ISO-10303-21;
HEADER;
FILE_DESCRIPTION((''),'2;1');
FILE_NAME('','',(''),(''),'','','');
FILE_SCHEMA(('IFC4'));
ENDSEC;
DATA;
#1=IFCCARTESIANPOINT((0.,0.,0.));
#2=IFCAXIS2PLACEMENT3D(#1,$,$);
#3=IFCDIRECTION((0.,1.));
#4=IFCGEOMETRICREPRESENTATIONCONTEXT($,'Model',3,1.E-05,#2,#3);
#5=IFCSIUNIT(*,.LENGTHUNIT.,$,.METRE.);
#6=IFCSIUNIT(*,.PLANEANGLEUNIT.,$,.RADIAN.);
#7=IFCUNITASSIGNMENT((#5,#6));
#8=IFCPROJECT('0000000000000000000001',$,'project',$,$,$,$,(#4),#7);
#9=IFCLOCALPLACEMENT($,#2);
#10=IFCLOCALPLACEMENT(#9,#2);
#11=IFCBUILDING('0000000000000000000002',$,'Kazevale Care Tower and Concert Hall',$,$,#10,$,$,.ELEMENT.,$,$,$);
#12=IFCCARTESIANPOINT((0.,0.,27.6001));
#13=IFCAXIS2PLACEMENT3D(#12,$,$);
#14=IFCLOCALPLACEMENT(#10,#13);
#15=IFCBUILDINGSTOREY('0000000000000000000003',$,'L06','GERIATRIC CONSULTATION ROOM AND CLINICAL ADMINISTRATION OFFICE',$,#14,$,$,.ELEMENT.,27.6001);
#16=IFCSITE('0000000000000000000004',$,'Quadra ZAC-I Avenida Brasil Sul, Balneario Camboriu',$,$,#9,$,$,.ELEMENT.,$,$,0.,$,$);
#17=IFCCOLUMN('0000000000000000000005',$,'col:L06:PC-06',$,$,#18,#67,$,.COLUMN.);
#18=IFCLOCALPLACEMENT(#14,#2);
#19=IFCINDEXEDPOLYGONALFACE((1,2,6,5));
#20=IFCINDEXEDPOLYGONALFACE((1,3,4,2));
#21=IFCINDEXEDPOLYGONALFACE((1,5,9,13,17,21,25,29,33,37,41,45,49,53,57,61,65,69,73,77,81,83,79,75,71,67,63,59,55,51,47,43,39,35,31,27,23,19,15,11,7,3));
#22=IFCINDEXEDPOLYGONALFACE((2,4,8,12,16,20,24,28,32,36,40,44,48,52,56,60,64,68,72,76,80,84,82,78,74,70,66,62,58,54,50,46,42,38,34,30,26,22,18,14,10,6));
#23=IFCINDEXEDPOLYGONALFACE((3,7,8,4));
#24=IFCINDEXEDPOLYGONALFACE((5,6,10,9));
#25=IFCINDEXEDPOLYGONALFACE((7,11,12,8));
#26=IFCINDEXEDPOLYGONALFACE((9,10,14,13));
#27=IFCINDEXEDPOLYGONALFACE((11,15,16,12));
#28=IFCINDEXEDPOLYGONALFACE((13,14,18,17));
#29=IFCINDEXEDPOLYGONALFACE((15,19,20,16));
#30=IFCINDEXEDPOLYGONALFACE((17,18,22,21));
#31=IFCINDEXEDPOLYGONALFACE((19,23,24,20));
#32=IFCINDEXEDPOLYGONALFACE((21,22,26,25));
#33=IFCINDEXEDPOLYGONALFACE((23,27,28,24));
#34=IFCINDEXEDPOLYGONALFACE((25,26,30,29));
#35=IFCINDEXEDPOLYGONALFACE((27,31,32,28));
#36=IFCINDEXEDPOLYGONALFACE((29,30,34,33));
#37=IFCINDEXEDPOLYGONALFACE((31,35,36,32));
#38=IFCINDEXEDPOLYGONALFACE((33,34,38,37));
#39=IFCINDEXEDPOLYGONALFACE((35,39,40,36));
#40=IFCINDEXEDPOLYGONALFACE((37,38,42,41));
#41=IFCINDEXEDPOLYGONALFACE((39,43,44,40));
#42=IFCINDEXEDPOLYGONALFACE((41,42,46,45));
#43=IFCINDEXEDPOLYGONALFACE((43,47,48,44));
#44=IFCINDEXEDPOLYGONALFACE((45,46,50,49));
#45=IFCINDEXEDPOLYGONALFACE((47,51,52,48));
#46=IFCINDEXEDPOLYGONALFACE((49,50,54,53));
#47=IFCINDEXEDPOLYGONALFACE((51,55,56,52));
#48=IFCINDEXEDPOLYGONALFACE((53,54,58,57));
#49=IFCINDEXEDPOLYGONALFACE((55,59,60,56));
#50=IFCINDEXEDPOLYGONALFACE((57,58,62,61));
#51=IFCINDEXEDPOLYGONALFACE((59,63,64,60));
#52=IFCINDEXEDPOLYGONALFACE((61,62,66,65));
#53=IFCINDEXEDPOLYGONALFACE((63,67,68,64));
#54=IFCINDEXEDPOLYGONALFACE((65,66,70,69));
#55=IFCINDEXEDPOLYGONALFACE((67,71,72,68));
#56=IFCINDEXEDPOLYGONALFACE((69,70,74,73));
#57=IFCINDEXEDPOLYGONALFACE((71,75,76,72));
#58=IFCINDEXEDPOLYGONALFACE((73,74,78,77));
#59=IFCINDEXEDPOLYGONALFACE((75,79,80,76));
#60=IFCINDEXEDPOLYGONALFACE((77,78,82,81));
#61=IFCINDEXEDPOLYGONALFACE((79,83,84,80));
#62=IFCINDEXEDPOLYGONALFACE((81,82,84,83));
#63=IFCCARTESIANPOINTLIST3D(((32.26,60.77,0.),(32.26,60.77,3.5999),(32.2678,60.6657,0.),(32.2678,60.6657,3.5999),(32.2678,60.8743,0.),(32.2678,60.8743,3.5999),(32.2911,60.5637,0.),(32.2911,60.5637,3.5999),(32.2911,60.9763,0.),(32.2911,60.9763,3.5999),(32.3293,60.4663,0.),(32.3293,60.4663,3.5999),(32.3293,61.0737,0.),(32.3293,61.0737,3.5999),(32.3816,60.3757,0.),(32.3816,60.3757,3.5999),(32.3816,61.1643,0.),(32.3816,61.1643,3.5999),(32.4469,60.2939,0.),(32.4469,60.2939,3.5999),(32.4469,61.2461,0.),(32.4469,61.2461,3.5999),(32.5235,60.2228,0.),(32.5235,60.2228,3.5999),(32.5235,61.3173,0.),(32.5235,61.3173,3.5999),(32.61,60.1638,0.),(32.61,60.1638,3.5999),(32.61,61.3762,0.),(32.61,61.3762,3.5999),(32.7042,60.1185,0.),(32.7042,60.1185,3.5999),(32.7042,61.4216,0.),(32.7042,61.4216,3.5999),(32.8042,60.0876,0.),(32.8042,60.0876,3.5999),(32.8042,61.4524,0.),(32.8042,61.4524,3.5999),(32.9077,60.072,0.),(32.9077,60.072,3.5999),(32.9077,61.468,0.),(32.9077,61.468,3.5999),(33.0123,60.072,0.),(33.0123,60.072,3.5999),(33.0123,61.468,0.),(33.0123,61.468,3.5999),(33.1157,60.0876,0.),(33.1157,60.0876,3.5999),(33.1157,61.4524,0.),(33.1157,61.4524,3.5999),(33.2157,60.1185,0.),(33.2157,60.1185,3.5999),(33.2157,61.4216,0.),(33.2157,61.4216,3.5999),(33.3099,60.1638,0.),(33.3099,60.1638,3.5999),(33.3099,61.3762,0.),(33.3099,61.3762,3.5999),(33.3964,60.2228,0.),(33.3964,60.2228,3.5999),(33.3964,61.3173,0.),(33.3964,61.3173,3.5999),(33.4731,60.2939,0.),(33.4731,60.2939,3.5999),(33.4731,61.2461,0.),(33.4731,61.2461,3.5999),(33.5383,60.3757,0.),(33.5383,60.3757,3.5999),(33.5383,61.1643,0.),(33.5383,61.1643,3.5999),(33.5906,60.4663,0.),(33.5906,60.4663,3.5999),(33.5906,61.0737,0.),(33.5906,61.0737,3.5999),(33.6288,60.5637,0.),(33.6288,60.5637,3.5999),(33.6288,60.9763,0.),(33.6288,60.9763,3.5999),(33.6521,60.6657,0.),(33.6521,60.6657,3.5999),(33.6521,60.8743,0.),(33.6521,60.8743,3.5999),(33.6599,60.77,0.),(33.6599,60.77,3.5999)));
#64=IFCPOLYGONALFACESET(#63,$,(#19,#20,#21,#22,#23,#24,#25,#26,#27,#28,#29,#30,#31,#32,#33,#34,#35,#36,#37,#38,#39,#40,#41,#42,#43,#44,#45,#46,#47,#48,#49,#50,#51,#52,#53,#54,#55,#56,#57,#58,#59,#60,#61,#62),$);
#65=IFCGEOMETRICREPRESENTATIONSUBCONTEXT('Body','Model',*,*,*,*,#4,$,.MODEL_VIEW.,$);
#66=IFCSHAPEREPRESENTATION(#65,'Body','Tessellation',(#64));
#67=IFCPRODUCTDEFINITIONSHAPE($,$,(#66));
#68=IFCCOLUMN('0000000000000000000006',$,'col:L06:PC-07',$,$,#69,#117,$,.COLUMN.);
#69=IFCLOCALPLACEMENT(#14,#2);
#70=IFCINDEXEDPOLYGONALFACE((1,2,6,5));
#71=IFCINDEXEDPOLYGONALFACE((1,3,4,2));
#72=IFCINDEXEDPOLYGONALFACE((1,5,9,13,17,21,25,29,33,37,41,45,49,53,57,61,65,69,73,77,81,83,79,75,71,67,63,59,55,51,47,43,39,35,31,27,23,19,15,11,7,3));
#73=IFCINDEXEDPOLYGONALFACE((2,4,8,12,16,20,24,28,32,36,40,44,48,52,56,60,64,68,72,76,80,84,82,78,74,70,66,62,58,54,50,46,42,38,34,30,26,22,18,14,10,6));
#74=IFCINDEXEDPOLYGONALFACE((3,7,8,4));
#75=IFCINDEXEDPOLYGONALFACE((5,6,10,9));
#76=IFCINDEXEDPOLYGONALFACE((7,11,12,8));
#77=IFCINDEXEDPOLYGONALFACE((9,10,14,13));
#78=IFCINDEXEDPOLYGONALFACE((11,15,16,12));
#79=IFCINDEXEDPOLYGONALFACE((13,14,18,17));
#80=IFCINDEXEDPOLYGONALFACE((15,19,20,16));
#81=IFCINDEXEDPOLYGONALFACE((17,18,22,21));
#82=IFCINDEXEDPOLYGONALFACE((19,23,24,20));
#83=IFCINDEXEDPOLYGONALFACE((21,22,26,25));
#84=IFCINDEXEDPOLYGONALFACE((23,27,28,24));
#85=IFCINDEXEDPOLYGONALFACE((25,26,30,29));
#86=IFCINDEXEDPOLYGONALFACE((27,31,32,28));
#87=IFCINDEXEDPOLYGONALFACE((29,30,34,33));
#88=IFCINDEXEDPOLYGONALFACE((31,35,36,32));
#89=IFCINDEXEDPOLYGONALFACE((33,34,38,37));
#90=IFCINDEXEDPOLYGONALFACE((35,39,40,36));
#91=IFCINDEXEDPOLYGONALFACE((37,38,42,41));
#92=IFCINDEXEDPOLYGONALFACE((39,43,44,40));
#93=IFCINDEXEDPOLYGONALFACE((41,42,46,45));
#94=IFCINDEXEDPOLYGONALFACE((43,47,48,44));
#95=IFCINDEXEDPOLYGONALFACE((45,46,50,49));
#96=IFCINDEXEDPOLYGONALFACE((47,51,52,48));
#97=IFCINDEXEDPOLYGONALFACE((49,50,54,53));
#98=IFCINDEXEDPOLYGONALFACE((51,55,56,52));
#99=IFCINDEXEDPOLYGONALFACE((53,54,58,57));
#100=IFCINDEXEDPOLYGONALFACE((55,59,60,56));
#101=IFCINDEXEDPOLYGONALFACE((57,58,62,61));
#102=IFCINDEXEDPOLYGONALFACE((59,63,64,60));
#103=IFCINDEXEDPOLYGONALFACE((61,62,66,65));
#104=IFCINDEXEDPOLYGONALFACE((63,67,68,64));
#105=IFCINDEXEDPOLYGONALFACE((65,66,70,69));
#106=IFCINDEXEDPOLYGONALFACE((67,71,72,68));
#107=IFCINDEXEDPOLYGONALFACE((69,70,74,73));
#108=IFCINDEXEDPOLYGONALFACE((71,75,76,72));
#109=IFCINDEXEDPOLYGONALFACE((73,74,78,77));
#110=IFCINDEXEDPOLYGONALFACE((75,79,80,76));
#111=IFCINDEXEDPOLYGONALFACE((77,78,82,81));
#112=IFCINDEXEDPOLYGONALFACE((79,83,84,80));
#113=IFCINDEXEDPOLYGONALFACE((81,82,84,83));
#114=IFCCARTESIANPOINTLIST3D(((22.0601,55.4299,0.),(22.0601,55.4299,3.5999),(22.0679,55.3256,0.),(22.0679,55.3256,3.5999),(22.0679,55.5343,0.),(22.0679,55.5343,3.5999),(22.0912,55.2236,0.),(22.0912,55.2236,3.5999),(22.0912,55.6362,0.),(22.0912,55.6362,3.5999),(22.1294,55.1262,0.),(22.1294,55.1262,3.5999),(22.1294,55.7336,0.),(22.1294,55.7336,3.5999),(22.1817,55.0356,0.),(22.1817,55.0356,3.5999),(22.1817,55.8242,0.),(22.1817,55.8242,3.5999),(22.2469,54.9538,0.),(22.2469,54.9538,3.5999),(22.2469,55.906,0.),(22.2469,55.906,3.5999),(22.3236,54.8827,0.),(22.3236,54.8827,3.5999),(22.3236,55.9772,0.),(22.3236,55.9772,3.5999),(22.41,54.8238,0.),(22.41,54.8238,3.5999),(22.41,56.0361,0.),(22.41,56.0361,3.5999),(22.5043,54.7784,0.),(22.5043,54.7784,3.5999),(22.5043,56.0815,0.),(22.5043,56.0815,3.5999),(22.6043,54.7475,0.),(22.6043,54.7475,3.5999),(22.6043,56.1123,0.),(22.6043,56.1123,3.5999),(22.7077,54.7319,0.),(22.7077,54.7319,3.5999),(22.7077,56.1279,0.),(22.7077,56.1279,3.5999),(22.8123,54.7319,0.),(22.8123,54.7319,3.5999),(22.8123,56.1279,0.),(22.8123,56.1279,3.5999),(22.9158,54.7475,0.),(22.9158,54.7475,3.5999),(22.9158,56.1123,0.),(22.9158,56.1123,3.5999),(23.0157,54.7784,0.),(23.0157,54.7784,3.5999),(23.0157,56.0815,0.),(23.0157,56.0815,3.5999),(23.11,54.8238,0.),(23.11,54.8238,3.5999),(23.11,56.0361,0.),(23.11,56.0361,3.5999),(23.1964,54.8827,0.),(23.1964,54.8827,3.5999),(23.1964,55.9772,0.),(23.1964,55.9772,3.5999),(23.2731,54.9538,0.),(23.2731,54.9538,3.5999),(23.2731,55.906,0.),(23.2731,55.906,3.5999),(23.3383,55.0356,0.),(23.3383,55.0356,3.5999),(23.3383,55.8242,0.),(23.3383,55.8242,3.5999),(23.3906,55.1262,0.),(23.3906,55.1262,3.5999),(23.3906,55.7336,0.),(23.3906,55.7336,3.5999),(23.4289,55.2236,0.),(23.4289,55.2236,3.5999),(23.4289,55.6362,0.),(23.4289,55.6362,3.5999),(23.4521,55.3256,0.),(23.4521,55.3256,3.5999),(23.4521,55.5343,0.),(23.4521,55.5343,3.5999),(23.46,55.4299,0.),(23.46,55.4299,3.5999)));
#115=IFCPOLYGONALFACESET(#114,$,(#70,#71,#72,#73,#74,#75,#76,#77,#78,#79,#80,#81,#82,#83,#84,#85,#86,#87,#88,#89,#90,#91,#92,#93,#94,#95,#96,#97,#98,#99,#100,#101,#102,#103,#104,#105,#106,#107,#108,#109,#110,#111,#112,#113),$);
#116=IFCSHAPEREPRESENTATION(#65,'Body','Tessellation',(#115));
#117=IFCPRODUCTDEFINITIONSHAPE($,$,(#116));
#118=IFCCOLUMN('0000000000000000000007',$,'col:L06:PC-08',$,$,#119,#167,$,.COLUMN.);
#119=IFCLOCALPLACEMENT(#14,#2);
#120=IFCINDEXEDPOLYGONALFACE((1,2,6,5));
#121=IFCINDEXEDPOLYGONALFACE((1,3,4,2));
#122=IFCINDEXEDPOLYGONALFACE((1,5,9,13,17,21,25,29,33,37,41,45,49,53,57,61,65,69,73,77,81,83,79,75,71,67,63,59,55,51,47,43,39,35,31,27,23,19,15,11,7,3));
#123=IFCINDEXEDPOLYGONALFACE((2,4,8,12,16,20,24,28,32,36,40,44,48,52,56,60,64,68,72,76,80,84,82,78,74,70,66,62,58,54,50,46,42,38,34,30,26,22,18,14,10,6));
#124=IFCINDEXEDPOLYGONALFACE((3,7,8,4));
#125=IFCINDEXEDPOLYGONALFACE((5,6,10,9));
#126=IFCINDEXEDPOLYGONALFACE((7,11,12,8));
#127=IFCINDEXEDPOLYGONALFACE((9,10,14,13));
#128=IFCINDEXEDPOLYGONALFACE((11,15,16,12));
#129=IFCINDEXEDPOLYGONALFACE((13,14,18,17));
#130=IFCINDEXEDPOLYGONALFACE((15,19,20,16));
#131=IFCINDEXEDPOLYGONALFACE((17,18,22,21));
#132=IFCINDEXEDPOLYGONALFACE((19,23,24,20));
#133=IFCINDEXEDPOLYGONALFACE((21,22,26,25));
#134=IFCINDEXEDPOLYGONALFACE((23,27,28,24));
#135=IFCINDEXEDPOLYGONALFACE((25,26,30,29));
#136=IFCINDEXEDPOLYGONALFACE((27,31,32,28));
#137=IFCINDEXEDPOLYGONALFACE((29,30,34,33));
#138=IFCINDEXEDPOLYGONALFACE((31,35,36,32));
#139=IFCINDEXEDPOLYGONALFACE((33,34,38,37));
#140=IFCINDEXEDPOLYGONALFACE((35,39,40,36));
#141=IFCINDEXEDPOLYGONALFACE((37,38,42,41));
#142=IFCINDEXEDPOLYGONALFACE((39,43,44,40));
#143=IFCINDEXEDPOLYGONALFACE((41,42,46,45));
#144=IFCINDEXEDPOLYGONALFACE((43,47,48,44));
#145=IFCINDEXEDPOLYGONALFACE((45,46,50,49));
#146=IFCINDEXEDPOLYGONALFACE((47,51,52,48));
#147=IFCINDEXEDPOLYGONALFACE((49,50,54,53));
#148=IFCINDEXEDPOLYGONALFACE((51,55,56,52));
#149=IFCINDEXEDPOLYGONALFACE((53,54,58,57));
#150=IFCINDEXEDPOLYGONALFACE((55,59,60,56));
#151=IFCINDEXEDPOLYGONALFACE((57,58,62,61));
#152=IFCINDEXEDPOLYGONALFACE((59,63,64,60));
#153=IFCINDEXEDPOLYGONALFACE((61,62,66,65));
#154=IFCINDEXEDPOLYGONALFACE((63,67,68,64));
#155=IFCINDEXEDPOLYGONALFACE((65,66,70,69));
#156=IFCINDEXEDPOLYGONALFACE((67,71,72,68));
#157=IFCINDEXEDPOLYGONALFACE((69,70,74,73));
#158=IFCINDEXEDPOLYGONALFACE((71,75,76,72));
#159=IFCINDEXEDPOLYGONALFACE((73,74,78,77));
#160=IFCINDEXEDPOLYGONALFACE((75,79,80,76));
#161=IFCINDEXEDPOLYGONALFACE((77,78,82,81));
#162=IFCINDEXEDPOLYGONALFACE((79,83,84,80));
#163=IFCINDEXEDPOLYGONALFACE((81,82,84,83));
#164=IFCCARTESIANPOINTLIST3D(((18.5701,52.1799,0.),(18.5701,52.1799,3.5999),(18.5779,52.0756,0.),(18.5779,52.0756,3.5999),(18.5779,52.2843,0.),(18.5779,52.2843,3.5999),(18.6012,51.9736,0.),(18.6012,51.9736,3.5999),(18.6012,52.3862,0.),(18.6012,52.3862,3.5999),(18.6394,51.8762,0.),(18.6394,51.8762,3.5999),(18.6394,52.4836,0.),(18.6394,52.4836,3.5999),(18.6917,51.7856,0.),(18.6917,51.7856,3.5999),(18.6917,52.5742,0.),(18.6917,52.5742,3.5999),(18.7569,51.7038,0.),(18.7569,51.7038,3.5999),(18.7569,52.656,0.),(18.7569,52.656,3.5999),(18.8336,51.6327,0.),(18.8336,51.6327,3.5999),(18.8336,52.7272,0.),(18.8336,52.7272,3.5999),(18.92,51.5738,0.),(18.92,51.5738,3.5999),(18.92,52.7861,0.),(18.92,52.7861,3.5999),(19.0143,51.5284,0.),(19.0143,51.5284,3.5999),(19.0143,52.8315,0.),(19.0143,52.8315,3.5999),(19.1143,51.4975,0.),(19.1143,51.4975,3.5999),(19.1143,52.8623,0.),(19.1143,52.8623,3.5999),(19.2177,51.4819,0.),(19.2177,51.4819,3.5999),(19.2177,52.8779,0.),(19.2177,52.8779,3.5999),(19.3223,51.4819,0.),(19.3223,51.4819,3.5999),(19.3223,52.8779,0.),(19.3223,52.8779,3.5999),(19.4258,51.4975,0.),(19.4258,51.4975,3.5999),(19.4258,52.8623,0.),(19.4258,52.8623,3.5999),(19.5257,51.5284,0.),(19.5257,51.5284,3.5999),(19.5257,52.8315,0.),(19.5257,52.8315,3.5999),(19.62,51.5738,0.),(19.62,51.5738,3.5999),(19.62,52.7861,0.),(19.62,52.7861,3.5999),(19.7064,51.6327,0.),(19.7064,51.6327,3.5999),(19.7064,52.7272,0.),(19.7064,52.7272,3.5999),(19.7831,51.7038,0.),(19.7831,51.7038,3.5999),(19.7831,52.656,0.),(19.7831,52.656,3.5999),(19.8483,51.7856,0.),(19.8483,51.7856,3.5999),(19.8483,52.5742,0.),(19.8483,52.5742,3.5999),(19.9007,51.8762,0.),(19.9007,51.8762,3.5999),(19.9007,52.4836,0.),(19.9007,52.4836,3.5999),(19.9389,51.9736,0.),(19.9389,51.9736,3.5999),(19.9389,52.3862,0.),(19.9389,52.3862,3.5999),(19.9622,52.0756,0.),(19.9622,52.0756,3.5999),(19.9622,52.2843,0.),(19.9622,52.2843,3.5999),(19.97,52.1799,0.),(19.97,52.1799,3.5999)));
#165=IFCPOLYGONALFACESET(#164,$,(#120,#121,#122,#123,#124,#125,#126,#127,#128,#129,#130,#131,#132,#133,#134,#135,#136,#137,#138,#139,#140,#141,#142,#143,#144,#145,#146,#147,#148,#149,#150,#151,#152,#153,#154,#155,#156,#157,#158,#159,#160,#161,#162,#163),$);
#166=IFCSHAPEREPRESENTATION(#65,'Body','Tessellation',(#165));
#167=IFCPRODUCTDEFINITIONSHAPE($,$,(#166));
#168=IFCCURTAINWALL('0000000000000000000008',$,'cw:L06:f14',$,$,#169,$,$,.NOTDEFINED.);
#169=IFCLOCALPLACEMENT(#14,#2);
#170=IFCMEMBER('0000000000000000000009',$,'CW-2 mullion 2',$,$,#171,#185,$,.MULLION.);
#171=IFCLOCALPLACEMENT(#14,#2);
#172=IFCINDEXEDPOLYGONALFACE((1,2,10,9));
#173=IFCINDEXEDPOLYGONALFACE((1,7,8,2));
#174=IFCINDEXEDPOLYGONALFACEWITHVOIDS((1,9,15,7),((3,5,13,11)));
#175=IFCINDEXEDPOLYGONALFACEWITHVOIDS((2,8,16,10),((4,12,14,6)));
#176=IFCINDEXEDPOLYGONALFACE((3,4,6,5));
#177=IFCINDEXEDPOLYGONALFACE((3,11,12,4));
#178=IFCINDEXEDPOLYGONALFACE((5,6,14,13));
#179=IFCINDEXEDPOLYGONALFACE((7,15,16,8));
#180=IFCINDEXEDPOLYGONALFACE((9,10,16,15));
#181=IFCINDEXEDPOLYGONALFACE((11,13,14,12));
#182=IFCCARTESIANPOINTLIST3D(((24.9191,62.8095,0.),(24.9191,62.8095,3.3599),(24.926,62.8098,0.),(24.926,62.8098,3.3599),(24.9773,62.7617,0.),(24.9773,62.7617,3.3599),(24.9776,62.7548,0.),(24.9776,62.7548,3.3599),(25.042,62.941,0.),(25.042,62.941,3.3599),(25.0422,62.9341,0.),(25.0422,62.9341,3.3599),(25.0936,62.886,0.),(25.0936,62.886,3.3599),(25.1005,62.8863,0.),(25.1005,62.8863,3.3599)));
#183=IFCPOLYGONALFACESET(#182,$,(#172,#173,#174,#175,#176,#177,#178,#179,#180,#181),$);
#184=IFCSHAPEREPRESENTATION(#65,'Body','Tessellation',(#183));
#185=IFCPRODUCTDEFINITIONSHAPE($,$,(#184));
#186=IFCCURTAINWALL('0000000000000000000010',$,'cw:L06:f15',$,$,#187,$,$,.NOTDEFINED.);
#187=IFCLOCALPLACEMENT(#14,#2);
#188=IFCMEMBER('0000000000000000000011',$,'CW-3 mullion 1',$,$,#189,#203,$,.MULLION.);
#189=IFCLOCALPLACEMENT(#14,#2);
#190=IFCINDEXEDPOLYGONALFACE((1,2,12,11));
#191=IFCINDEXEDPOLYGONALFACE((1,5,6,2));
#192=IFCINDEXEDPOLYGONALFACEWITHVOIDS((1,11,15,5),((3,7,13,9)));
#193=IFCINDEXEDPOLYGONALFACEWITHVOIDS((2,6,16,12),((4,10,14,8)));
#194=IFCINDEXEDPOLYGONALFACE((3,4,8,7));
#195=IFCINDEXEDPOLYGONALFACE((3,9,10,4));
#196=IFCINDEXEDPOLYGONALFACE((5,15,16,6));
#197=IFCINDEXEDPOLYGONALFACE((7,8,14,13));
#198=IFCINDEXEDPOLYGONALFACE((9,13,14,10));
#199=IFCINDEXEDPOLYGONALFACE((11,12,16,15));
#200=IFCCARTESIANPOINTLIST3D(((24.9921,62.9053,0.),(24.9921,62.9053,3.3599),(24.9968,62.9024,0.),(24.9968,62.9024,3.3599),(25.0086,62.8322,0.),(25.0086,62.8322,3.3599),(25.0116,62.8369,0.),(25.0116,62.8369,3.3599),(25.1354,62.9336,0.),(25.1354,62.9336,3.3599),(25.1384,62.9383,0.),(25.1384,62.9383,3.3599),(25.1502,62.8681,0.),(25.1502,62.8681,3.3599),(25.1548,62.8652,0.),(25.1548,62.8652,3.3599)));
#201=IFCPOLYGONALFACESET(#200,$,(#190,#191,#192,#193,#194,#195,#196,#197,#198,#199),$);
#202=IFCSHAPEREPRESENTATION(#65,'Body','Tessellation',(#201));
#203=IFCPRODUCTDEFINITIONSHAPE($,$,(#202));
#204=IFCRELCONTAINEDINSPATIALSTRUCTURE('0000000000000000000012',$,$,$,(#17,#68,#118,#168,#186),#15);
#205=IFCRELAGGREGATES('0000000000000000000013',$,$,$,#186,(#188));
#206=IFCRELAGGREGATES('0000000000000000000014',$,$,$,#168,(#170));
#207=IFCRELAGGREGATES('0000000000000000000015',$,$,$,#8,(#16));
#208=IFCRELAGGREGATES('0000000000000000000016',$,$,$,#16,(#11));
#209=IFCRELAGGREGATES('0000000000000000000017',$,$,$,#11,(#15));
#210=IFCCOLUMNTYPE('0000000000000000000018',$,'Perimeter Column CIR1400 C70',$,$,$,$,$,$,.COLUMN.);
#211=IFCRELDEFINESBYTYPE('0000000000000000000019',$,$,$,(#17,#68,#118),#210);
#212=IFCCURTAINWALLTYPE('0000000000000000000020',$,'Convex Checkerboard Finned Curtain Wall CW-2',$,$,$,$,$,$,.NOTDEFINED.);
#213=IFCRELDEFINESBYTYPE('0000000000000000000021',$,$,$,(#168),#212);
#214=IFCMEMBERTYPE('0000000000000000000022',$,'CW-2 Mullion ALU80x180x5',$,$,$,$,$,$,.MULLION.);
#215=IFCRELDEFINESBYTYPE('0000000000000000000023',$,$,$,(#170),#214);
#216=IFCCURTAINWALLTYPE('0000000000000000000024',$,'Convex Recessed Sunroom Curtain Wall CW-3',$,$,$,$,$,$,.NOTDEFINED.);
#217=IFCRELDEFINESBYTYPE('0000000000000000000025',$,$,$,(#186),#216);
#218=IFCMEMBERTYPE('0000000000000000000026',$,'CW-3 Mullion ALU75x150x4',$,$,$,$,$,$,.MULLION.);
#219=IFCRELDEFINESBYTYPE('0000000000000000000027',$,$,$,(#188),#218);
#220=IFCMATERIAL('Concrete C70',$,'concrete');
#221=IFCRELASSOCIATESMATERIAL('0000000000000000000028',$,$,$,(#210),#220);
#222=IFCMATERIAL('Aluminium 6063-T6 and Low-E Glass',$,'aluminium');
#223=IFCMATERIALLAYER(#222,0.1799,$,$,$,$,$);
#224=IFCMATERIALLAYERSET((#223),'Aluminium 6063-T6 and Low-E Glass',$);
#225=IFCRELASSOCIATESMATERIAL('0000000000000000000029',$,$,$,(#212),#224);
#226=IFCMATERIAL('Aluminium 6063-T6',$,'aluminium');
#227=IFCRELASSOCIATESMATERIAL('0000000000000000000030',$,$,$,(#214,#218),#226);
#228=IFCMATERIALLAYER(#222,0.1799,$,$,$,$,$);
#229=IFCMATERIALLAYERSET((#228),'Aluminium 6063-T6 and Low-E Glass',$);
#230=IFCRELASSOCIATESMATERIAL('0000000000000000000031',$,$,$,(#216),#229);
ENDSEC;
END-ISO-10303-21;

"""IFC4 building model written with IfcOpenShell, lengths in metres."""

from ifc_helpers import new_model, si_unit, direction, frame, origin, origin_2d, place, context, subcontext, project, spatial, hollow_rectangle, circle, extrude, material, layer, layer_set, material_profile, profile_set, type_object, element, aggregate, save


model = new_model("IFC4")

# Units and contexts
model_context = context("Model", 3, precision=1e-05, world=origin(), true_north=direction((0.0, 1.0)))
body_context = subcontext(model_context, "Body", "Model", "MODEL_VIEW")
ifc_project = project(units=[si_unit("LENGTHUNIT", "METRE"), si_unit("PLANEANGLEUNIT", "RADIAN")], contexts=[model_context])

# Site, building, storey
site_placement = place(None, origin())
site = spatial("IfcSite", under=ifc_project, at=site_placement, Name="Quadra ZAC-I Avenida Brasil Sul, Balneario Camboriu", CompositionType="ELEMENT", RefElevation=0.0)
building_placement = place(site_placement, origin())
building = spatial("IfcBuilding", under=site, at=building_placement, Name="Kazevale Care Tower and Concert Hall", CompositionType="ELEMENT")
storey_placement = place(building_placement, frame((0.0, 0.0, 27.6001)))
storey = spatial("IfcBuildingStorey", under=building, at=storey_placement, Name="L06", Description="GERIATRIC CONSULTATION ROOM AND CLINICAL ADMINISTRATION OFFICE", CompositionType="ELEMENT", Elevation=27.6001)

# Columns
ifc_material_1 = material(Name="Concrete C70", Category="concrete")
ifc_material_profile_1 = material_profile(ifc_material_1, circle(Radius=0.7, at=origin_2d()), Name="RC-CIR1400")
ifc_profile_set_1 = profile_set([ifc_material_profile_1], Name="Concrete C70")
column_type = type_object("IfcColumnType", Name="Perimeter Column CIR1400 C70", PredefinedType="COLUMN", material=ifc_profile_set_1)
for number, where, z_axis, x_axis, name in (
    (1, (32.96, 60.77, 0.0), (0.0, 0.0, 1.0), (1.0, 0.0, 0.0), "col:L06:PC-06"),
    (2, (22.76, 55.4299, 0.0), (0.0, 0.0, 1.0), (1.0, 0.0, 0.0), "col:L06:PC-07"),
    (3, (19.27, 52.1799, 0.0), (0.0, 0.0, 1.0), (1.0, 0.0, 0.0), "col:L06:PC-08"),
):
    element("IfcColumn", number, at=place(storey_placement, frame(where, z_axis=z_axis, x_axis=x_axis)), inside=storey, type_object=column_type, Name=name, PredefinedType="COLUMN", context=body_context, shape_type="SweptSolid", body=[
        extrude(circle(Radius=0.7, at=origin_2d()), origin(), (0.0, 0.0, 1.0), 3.5999),
    ])

# Curtain wall, member
ifc_material_2 = material(Name="Aluminium 6063-T6 and Low-E Glass", Category="aluminium")
ifc_layer_1 = layer(ifc_material_2, 0.1799)
ifc_layer_set_1 = layer_set([ifc_layer_1], Name="Aluminium 6063-T6 and Low-E Glass")
curtain_wall_type_1 = type_object("IfcCurtainWallType", Name="Convex Checkerboard Finned Curtain Wall CW-2", PredefinedType="NOTDEFINED", material=ifc_layer_set_1)
curtain_wall_1_placement = place(storey_placement, origin())
curtain_wall_1 = element("IfcCurtainWall", 4, at=curtain_wall_1_placement, inside=storey, type_object=curtain_wall_type_1, Name="cw:L06:f14", PredefinedType="NOTDEFINED")
ifc_material_3 = material(Name="Aluminium 6063-T6", Category="aluminium")
ifc_material_profile_2 = material_profile(ifc_material_3, hollow_rectangle(XDim=0.0801, YDim=0.1799, WallThickness=0.0049, at=origin_2d()), Name="ALU80x180x5")
ifc_profile_set_2 = profile_set([ifc_material_profile_2], Name="Aluminium 6063-T6")
member_type_1 = type_object("IfcMemberType", Name="CW-2 Mullion ALU80x180x5", PredefinedType="MULLION", material=ifc_profile_set_2)
member_1_placement = place(storey_placement, frame((25.0098, 62.8479, 0.0), z_axis=(0.0, 0.0, 1.0), x_axis=(-0.730363, 0.683059, 0.0)))
member_1 = element("IfcMember", 5, at=member_1_placement, type_object=member_type_1, Name="CW-2 mullion 2", PredefinedType="MULLION", context=body_context, shape_type="SweptSolid", body=[
    extrude(hollow_rectangle(XDim=0.0801, YDim=0.1799, WallThickness=0.0049, at=origin_2d()), origin(), (0.0, 0.0, 1.0), 3.3599),
])

# Curtain wall, member
ifc_layer_2 = layer(ifc_material_2, 0.1799)
ifc_layer_set_2 = layer_set([ifc_layer_2], Name="Aluminium 6063-T6 and Low-E Glass")
curtain_wall_type_2 = type_object("IfcCurtainWallType", Name="Convex Recessed Sunroom Curtain Wall CW-3", PredefinedType="NOTDEFINED", material=ifc_layer_set_2)
curtain_wall_2_placement = place(storey_placement, origin())
curtain_wall_2 = element("IfcCurtainWall", 6, at=curtain_wall_2_placement, inside=storey, type_object=curtain_wall_type_2, Name="cw:L06:f15", PredefinedType="NOTDEFINED")
ifc_material_profile_3 = material_profile(ifc_material_3, hollow_rectangle(XDim=0.075, YDim=0.1499, WallThickness=0.0039, at=origin_2d()), Name="ALU75x150x4")
ifc_profile_set_3 = profile_set([ifc_material_profile_3], Name="Aluminium 6063-T6")
member_type_2 = type_object("IfcMemberType", Name="CW-3 Mullion ALU75x150x4", PredefinedType="MULLION", material=ifc_profile_set_3)
member_2_placement = place(storey_placement, frame((25.0735, 62.8853, 0.0), z_axis=(0.0, 0.0, 1.0), x_axis=(-0.219911, 0.97552, 0.0)))
member_2 = element("IfcMember", 7, at=member_2_placement, type_object=member_type_2, Name="CW-3 mullion 1", PredefinedType="MULLION", context=body_context, shape_type="SweptSolid", body=[
    extrude(hollow_rectangle(XDim=0.075, YDim=0.1499, WallThickness=0.0039, at=origin_2d()), origin(), (0.0, 0.0, 1.0), 3.3599),
])
aggregate(curtain_wall_2, [member_2])

aggregate(curtain_wall_1, [member_1])

save(model, "model.ifc")
